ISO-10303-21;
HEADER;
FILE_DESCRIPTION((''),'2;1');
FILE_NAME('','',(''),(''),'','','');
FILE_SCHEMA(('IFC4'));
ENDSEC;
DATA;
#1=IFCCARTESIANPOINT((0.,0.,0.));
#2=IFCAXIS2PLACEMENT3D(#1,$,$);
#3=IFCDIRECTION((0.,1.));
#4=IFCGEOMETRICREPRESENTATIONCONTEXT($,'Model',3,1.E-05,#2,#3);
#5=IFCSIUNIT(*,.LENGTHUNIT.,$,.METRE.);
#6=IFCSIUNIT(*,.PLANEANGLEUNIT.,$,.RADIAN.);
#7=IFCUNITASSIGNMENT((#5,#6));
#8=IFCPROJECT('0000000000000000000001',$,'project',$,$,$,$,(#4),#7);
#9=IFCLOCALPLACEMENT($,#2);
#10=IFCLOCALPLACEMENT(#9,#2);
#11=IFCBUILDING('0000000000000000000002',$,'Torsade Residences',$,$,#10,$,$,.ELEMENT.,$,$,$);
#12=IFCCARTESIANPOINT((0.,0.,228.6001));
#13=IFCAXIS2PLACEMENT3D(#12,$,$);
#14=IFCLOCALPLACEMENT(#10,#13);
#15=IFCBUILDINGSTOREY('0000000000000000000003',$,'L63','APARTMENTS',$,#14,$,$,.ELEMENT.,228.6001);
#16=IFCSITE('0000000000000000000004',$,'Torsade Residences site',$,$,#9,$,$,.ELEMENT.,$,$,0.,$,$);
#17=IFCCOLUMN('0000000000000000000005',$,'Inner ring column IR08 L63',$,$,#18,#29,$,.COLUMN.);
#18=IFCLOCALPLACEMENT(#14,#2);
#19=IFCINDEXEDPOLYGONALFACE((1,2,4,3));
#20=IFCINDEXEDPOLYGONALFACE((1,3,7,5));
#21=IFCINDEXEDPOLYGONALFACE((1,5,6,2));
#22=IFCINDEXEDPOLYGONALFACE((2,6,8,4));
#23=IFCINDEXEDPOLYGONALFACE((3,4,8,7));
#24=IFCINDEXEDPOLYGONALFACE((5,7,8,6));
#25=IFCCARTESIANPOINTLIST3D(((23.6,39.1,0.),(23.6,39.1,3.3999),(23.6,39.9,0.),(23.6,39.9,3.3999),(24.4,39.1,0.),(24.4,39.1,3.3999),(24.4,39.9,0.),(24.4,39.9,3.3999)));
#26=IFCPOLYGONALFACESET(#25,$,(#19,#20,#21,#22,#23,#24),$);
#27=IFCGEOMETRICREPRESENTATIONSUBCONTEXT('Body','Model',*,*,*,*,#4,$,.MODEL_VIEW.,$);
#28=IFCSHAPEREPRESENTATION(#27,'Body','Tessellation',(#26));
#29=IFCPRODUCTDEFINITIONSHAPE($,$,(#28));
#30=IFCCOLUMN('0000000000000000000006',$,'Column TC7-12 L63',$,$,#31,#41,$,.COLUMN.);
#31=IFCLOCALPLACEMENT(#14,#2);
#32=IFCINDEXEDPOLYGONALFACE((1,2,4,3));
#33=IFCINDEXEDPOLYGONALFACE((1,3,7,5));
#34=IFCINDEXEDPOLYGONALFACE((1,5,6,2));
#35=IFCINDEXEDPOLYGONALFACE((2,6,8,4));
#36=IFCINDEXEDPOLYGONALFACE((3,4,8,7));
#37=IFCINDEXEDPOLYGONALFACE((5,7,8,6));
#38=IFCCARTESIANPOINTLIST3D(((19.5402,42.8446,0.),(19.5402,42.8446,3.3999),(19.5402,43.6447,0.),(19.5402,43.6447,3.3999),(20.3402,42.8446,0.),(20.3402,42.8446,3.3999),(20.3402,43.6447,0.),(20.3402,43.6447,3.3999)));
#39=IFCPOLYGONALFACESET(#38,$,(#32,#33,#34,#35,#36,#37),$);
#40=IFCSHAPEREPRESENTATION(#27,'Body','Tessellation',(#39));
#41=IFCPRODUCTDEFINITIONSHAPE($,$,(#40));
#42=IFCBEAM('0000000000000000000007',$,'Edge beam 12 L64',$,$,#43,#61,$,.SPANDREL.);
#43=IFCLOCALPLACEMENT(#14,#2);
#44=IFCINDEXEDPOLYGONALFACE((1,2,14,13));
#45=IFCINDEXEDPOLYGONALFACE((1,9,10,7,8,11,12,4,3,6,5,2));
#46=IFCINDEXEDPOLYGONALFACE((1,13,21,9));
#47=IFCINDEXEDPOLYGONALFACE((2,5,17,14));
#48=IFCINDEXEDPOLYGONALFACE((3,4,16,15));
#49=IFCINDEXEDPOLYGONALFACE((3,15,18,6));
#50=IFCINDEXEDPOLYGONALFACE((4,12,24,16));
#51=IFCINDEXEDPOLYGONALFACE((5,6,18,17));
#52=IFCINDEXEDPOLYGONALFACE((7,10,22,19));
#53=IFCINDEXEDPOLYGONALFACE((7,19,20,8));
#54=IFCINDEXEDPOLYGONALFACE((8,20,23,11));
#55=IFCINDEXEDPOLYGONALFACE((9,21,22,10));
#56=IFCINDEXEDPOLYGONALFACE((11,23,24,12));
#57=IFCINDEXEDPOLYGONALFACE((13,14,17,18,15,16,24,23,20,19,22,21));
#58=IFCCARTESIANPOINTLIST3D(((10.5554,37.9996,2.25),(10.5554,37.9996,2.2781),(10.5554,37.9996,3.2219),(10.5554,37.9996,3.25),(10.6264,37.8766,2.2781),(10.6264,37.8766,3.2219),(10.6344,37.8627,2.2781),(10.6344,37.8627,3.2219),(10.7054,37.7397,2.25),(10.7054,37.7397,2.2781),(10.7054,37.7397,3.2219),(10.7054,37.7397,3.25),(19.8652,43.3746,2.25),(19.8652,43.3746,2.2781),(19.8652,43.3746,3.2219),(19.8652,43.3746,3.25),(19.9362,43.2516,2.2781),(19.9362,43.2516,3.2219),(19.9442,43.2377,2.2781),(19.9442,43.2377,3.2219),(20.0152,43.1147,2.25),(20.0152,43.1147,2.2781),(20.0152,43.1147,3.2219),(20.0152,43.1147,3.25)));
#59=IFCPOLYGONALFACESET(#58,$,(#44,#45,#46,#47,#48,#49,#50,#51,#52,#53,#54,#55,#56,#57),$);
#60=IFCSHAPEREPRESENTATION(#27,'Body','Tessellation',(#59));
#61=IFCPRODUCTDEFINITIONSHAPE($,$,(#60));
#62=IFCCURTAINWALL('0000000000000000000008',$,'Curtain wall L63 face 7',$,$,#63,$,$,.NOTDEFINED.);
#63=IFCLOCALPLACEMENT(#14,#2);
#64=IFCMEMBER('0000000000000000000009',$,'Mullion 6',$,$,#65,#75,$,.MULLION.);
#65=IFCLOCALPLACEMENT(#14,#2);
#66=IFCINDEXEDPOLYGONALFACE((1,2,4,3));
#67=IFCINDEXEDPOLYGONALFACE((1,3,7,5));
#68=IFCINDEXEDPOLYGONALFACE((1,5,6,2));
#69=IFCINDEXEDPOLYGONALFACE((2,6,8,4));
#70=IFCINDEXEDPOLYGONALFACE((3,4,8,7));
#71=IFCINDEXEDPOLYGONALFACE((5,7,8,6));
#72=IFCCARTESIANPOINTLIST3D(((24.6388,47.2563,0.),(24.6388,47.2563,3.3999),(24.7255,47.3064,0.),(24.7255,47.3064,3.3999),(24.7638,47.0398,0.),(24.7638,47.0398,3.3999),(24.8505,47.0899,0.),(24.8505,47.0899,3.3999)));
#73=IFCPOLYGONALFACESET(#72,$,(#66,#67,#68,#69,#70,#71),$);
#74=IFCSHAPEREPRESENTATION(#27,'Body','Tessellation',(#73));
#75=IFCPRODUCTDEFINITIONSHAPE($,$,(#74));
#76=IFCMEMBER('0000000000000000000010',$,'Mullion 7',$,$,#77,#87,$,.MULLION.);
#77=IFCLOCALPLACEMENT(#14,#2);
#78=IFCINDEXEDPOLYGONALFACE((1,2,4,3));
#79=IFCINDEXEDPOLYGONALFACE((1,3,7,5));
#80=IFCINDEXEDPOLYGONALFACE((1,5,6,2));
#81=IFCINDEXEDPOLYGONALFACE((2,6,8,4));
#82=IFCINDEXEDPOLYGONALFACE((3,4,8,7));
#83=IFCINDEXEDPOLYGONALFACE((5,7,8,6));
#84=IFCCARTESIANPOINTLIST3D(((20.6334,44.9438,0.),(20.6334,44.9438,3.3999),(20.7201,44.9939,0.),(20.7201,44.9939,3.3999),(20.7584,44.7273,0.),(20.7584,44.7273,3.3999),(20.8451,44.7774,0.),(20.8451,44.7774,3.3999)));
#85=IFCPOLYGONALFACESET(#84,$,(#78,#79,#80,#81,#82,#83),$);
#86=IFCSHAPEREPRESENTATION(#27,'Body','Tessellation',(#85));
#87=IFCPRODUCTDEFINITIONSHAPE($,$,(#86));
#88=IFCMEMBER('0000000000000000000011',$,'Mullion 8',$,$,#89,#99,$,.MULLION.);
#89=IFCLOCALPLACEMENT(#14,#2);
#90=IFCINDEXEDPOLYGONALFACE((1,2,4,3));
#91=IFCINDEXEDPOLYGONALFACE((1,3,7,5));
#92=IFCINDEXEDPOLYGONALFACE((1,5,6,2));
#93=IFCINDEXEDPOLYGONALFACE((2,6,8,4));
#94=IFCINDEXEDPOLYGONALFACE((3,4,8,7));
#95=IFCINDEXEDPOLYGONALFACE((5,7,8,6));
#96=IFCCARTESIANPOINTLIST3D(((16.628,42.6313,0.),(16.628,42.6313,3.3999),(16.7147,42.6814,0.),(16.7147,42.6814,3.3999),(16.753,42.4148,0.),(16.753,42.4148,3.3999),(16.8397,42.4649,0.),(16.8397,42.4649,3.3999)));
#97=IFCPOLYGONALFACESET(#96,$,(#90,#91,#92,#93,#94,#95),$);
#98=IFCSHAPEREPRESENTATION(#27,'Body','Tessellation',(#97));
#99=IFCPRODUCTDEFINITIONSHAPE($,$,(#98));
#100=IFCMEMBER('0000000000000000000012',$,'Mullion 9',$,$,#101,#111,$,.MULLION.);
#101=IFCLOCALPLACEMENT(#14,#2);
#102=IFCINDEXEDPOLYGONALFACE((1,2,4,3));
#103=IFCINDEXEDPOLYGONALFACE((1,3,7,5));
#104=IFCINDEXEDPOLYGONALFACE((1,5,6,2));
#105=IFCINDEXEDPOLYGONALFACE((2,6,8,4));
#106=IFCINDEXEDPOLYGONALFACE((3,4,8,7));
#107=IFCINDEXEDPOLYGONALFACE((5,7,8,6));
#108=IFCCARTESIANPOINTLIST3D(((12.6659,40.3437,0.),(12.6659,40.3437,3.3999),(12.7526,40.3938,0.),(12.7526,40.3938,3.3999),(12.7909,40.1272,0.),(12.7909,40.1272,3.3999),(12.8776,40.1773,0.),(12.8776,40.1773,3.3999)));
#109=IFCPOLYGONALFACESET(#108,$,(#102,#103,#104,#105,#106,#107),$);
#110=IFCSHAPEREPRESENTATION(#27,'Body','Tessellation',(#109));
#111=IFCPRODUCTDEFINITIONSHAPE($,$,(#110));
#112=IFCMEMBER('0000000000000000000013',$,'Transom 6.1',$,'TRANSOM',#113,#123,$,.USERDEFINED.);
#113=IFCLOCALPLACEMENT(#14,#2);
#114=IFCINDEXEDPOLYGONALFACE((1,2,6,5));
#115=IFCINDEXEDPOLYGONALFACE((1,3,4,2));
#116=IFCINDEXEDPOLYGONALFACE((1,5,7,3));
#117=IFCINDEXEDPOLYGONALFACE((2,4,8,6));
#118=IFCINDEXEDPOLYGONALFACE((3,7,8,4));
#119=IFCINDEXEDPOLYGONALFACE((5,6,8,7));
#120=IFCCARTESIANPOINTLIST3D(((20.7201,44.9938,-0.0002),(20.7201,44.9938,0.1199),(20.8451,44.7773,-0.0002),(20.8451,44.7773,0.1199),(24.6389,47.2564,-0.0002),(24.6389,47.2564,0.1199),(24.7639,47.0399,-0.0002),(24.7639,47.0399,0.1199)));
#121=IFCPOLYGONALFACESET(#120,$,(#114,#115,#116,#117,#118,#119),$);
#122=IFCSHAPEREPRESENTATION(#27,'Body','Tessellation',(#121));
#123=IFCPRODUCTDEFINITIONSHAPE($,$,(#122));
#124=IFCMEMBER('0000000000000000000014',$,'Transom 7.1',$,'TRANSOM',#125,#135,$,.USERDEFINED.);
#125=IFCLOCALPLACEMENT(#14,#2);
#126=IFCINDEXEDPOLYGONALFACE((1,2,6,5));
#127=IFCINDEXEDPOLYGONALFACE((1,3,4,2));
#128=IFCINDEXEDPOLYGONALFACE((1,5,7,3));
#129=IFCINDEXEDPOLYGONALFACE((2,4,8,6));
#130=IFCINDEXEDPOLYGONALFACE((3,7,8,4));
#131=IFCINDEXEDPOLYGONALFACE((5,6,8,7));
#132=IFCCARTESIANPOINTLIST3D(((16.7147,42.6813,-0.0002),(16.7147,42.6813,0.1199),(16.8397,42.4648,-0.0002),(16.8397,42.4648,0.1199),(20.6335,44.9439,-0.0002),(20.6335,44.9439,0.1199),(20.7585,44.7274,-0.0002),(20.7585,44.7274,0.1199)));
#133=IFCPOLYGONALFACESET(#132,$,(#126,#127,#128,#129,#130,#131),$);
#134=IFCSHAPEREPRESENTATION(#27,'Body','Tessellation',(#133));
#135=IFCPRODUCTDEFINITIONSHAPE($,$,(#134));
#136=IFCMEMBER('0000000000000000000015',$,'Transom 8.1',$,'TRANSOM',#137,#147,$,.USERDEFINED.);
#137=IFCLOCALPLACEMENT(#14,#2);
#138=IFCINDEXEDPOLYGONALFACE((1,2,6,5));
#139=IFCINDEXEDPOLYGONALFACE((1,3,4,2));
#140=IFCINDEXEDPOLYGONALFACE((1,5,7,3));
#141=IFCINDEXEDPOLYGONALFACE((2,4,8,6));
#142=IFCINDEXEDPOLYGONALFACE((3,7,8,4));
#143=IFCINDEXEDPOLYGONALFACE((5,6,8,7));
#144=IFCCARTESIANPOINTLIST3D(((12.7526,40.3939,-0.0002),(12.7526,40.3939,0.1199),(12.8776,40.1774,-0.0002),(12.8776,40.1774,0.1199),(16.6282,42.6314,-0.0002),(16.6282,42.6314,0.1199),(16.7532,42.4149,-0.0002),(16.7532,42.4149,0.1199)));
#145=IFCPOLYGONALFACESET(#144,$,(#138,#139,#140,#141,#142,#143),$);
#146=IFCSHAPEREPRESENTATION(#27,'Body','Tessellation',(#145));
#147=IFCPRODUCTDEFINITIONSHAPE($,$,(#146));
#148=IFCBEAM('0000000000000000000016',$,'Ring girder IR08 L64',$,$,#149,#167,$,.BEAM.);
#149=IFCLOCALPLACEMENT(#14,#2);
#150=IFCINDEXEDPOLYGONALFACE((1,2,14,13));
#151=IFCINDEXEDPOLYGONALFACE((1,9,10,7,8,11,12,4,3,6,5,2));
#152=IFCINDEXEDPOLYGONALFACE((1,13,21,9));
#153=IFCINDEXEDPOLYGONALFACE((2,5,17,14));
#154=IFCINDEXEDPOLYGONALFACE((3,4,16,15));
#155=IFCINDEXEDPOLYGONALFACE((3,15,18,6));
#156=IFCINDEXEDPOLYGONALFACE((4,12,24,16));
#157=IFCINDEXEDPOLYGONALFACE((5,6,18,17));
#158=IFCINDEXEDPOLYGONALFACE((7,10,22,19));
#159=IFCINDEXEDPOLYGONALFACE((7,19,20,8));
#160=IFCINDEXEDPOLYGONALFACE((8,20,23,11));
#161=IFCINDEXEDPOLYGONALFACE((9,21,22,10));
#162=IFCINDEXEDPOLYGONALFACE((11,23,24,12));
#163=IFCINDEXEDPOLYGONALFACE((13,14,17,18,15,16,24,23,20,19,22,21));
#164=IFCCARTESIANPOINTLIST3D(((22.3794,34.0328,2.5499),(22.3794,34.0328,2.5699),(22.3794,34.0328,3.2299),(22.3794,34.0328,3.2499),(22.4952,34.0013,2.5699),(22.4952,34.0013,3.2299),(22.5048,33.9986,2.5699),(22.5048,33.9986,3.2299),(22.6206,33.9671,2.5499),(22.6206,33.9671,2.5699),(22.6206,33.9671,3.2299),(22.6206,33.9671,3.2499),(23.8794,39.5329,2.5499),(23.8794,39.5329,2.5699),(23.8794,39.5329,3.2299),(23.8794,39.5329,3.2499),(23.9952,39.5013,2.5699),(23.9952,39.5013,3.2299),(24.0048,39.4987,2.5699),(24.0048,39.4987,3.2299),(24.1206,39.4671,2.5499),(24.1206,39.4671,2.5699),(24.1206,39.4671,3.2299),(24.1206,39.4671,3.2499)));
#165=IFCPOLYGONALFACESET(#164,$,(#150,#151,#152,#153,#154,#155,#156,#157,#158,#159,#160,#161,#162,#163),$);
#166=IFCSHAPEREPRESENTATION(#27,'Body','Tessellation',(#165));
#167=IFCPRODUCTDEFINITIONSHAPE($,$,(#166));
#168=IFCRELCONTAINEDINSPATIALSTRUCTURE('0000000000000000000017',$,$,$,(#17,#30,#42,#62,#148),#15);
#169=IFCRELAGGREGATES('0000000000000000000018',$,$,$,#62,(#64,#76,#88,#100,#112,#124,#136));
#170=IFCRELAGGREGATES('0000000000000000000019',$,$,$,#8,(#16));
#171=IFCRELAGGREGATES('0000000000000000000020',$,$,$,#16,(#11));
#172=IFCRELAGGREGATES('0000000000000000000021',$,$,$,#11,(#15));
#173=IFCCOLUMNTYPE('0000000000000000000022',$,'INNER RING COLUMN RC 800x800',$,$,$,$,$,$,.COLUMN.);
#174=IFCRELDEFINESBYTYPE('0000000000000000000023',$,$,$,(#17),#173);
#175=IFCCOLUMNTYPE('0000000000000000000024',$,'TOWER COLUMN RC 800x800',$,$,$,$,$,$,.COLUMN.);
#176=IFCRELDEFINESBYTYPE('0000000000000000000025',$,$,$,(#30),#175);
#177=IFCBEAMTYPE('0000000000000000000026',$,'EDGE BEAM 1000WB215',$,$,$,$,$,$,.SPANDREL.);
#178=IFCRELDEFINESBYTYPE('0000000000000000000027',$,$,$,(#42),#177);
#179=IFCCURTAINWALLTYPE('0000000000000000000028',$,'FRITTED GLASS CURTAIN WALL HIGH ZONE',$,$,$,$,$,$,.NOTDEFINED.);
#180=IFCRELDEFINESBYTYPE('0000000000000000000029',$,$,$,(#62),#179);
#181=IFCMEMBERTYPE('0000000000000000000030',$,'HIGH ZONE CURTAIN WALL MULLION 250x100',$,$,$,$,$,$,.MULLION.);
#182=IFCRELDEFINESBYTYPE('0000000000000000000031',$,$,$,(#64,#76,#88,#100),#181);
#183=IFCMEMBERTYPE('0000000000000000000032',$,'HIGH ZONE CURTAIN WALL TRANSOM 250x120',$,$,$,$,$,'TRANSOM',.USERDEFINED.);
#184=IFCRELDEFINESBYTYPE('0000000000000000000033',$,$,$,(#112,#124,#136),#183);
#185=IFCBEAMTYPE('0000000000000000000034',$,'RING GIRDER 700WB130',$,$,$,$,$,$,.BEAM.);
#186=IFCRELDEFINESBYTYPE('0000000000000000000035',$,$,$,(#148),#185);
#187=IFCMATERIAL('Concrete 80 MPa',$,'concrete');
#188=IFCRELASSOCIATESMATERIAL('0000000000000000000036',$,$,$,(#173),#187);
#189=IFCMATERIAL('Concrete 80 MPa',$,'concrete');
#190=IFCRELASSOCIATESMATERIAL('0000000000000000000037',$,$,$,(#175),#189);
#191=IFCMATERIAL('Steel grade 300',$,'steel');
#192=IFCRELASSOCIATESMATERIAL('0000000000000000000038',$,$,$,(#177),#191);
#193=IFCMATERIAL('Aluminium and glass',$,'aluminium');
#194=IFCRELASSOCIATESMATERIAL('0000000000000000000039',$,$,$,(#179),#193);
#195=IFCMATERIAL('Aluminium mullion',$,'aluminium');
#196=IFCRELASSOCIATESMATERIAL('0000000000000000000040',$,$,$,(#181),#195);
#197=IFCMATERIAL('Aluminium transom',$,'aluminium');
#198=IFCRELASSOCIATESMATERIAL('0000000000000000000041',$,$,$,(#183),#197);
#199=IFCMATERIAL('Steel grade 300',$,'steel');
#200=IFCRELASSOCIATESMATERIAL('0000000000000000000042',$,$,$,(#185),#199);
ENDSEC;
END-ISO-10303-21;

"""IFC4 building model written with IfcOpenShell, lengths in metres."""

from ifc_helpers import new_model, si_unit, direction, frame, origin, origin_2d, place, context, subcontext, project, spatial, rectangle, i_section, extrude, material, material_profile, profile_set, type_object, element, aggregate, save


model = new_model("IFC4")

# Units and contexts
model_context = context("Model", 3, precision=1e-05, world=origin(), true_north=direction((0.0, 1.0)))
body_context = subcontext(model_context, "Body", "Model", "MODEL_VIEW")
ifc_project = project(units=[si_unit("LENGTHUNIT", "METRE"), si_unit("PLANEANGLEUNIT", "RADIAN")], contexts=[model_context])

# Site, building, storey
site_placement = place(None, origin())
site = spatial("IfcSite", under=ifc_project, at=site_placement, Name="Torsade Residences site", CompositionType="ELEMENT", RefElevation=0.0)
building_placement = place(site_placement, origin())
building = spatial("IfcBuilding", under=site, at=building_placement, Name="Torsade Residences", CompositionType="ELEMENT")
storey_placement = place(building_placement, frame((0.0, 0.0, 228.6001)))
storey = spatial("IfcBuildingStorey", under=building, at=storey_placement, Name="L63", Description="APARTMENTS", CompositionType="ELEMENT", Elevation=228.6001)

# Columns
ifc_material_1 = material(Name="Concrete 80 MPa", Category="concrete")
ifc_material_profile_1 = material_profile(ifc_material_1, rectangle(XDim=0.8, YDim=0.8, at=origin_2d()), Name="RC 800x800")
ifc_profile_set_1 = profile_set([ifc_material_profile_1], Name="Concrete 80 MPa")
column_type_1 = type_object("IfcColumnType", Name="INNER RING COLUMN RC 800x800", PredefinedType="COLUMN", material=ifc_profile_set_1)
column_1_placement = place(storey_placement, frame((24.0, 39.5, 0.0), z_axis=(0.0, 0.0, 1.0), x_axis=(1.0, 0.0, 0.0)))
element("IfcColumn", 1, at=column_1_placement, inside=storey, type_object=column_type_1, Name="Inner ring column IR08 L63", PredefinedType="COLUMN", context=body_context, shape_type="SweptSolid", body=[
    extrude(rectangle(XDim=0.8, YDim=0.8, at=origin_2d()), origin(), (0.0, 0.0, 1.0), 3.3999),
])
ifc_material_2 = material(Name="Concrete 80 MPa", Category="concrete")
ifc_material_profile_2 = material_profile(ifc_material_2, rectangle(XDim=0.8, YDim=0.8, at=origin_2d()), Name="RC 800x800")
ifc_profile_set_2 = profile_set([ifc_material_profile_2], Name="Concrete 80 MPa")
column_type_2 = type_object("IfcColumnType", Name="TOWER COLUMN RC 800x800", PredefinedType="COLUMN", material=ifc_profile_set_2)
column_2_placement = place(storey_placement, frame((19.9402, 43.2446, 0.0), z_axis=(0.0, 0.0, 1.0), x_axis=(1.0, 0.0, 0.0)))
element("IfcColumn", 2, at=column_2_placement, inside=storey, type_object=column_type_2, Name="Column TC7-12 L63", PredefinedType="COLUMN", context=body_context, shape_type="SweptSolid", body=[
    extrude(rectangle(XDim=0.8, YDim=0.8, at=origin_2d()), origin(), (0.0, 0.0, 1.0), 3.3999),
])

# Beam
ifc_material_3 = material(Name="Steel grade 300", Category="steel")
ifc_material_profile_3 = material_profile(ifc_material_3, i_section(OverallWidth=0.3, OverallDepth=1.0, WebThickness=0.0161, FlangeThickness=0.0281, at=origin_2d()), Name="1000WB215")
ifc_profile_set_3 = profile_set([ifc_material_profile_3], Name="Steel grade 300")
beam_type_1 = type_object("IfcBeamType", Name="EDGE BEAM 1000WB215", PredefinedType="SPANDREL", material=ifc_profile_set_3)
beam_1_placement = place(storey_placement, frame((19.9402, 43.2446, 2.75), z_axis=(-0.866026, -0.499998, 0.0), x_axis=(0.499998, -0.866026, 0.0)))
element("IfcBeam", 3, at=beam_1_placement, inside=storey, type_object=beam_type_1, Name="Edge beam 12 L64", PredefinedType="SPANDREL", context=body_context, shape_type="SweptSolid", body=[
    extrude(i_section(OverallWidth=0.3, OverallDepth=1.0, WebThickness=0.0161, FlangeThickness=0.0281, at=origin_2d()), origin(), (0.0, 0.0, 1.0), 10.75),
])

# Curtain wall, members
ifc_material_4 = material(Name="Aluminium and glass", Category="aluminium")
curtain_wall_type = type_object("IfcCurtainWallType", Name="FRITTED GLASS CURTAIN WALL HIGH ZONE", PredefinedType="NOTDEFINED", material=ifc_material_4)
curtain_wall_placement = place(storey_placement, origin())
curtain_wall = element("IfcCurtainWall", 4, at=curtain_wall_placement, inside=storey, type_object=curtain_wall_type, Name="Curtain wall L63 face 7", PredefinedType="NOTDEFINED")
ifc_material_5 = material(Name="Aluminium mullion", Category="aluminium")
ifc_material_profile_4 = material_profile(ifc_material_5, rectangle(XDim=0.25, YDim=0.1001, at=origin_2d()), Name="HIGH ZONE CURTAIN WALL MULLION 250x100")
ifc_profile_set_4 = profile_set([ifc_material_profile_4], Name="Aluminium mullion")
member_type_1 = type_object("IfcMemberType", Name="HIGH ZONE CURTAIN WALL MULLION 250x100", PredefinedType="MULLION", material=ifc_profile_set_4)
member_1_placement = place(storey_placement, frame((24.7446, 47.1731, 0.0), z_axis=(0.0, 0.0, 1.0), x_axis=(0.5, -0.866025, 0.0)))
member_1 = element("IfcMember", 5, at=member_1_placement, type_object=member_type_1, Name="Mullion 6", PredefinedType="MULLION", context=body_context, shape_type="SweptSolid", body=[
    extrude(rectangle(XDim=0.25, YDim=0.1001, at=origin_2d()), origin(), (0.0, 0.0, 1.0), 3.3999),
])
member_2_placement = place(storey_placement, frame((20.7393, 44.8606, 0.0), z_axis=(0.0, 0.0, 1.0), x_axis=(0.5, -0.866025, 0.0)))
member_2 = element("IfcMember", 6, at=member_2_placement, type_object=member_type_1, Name="Mullion 7", PredefinedType="MULLION", context=body_context, shape_type="SweptSolid", body=[
    extrude(rectangle(XDim=0.25, YDim=0.1001, at=origin_2d()), origin(), (0.0, 0.0, 1.0), 3.3999),
])
member_3_placement = place(storey_placement, frame((16.7339, 42.5481, 0.0), z_axis=(0.0, 0.0, 1.0), x_axis=(0.5, -0.866025, 0.0)))
member_3 = element("IfcMember", 7, at=member_3_placement, type_object=member_type_1, Name="Mullion 8", PredefinedType="MULLION", context=body_context, shape_type="SweptSolid", body=[
    extrude(rectangle(XDim=0.25, YDim=0.1001, at=origin_2d()), origin(), (0.0, 0.0, 1.0), 3.3999),
])
member_4_placement = place(storey_placement, frame((12.7717, 40.2605, 0.0), z_axis=(0.0, 0.0, 1.0), x_axis=(0.5, -0.866025, 0.0)))
member_4 = element("IfcMember", 8, at=member_4_placement, type_object=member_type_1, Name="Mullion 9", PredefinedType="MULLION", context=body_context, shape_type="SweptSolid", body=[
    extrude(rectangle(XDim=0.25, YDim=0.1001, at=origin_2d()), origin(), (0.0, 0.0, 1.0), 3.3999),
])
ifc_material_6 = material(Name="Aluminium transom", Category="aluminium")
ifc_material_profile_5 = material_profile(ifc_material_6, rectangle(XDim=0.25, YDim=0.1201, at=origin_2d()), Name="HIGH ZONE CURTAIN WALL TRANSOM 250x120")
ifc_profile_set_5 = profile_set([ifc_material_profile_5], Name="Aluminium transom")
member_type_2 = type_object("IfcMemberType", Name="HIGH ZONE CURTAIN WALL TRANSOM 250x120", ElementType="TRANSOM", PredefinedType="USERDEFINED", material=ifc_profile_set_5)
member_5_placement = place(storey_placement, frame((24.7014, 47.1482, 0.0598), z_axis=(-0.866017, -0.500015, 0.0), x_axis=(0.500015, -0.866017, 0.0)))
member_5 = element("IfcMember", 9, at=member_5_placement, type_object=member_type_2, Name="Transom 6.1", ObjectType="TRANSOM", PredefinedType="USERDEFINED", context=body_context, shape_type="SweptSolid", body=[
    extrude(rectangle(XDim=0.25, YDim=0.1201, at=origin_2d()), origin(), (0.0, 0.0, 1.0), 4.5251),
])
member_6_placement = place(storey_placement, frame((20.696, 44.8357, 0.0598), z_axis=(-0.866017, -0.500015, 0.0), x_axis=(0.500015, -0.866017, 0.0)))
member_6 = element("IfcMember", 10, at=member_6_placement, type_object=member_type_2, Name="Transom 7.1", ObjectType="TRANSOM", PredefinedType="USERDEFINED", context=body_context, shape_type="SweptSolid", body=[
    extrude(rectangle(XDim=0.25, YDim=0.1201, at=origin_2d()), origin(), (0.0, 0.0, 1.0), 4.5251),
])
member_7_placement = place(storey_placement, frame((16.6907, 42.5232, 0.0598), z_axis=(-0.866022, -0.500006, 0.0), x_axis=(0.500006, -0.866022, 0.0)))
member_7 = element("IfcMember", 11, at=member_7_placement, type_object=member_type_2, Name="Transom 8.1", ObjectType="TRANSOM", PredefinedType="USERDEFINED", context=body_context, shape_type="SweptSolid", body=[
    extrude(rectangle(XDim=0.25, YDim=0.1201, at=origin_2d()), origin(), (0.0, 0.0, 1.0), 4.4751),
])

# Beam
ifc_material_7 = material(Name="Steel grade 300", Category="steel")
ifc_material_profile_6 = material_profile(ifc_material_7, i_section(OverallWidth=0.25, OverallDepth=0.7, WebThickness=0.01, FlangeThickness=0.02, at=origin_2d()), Name="700WB130")
ifc_profile_set_6 = profile_set([ifc_material_profile_6], Name="Steel grade 300")
beam_type_2 = type_object("IfcBeamType", Name="RING GIRDER 700WB130", PredefinedType="BEAM", material=ifc_profile_set_6)
beam_2_placement = place(storey_placement, frame((24.0, 39.5, 2.8999), z_axis=(-0.263117, -0.964764, 0.0), x_axis=(0.964764, -0.263117, 0.0)))
element("IfcBeam", 12, at=beam_2_placement, inside=storey, type_object=beam_type_2, Name="Ring girder IR08 L64", PredefinedType="BEAM", context=body_context, shape_type="SweptSolid", body=[
    extrude(i_section(OverallWidth=0.25, OverallDepth=0.7, WebThickness=0.01, FlangeThickness=0.02, at=origin_2d()), origin(), (0.0, 0.0, 1.0), 5.7009),
])

aggregate(curtain_wall, [member_1, member_2, member_3, member_4, member_5, member_6, member_7])

save(model, "model.ifc")
